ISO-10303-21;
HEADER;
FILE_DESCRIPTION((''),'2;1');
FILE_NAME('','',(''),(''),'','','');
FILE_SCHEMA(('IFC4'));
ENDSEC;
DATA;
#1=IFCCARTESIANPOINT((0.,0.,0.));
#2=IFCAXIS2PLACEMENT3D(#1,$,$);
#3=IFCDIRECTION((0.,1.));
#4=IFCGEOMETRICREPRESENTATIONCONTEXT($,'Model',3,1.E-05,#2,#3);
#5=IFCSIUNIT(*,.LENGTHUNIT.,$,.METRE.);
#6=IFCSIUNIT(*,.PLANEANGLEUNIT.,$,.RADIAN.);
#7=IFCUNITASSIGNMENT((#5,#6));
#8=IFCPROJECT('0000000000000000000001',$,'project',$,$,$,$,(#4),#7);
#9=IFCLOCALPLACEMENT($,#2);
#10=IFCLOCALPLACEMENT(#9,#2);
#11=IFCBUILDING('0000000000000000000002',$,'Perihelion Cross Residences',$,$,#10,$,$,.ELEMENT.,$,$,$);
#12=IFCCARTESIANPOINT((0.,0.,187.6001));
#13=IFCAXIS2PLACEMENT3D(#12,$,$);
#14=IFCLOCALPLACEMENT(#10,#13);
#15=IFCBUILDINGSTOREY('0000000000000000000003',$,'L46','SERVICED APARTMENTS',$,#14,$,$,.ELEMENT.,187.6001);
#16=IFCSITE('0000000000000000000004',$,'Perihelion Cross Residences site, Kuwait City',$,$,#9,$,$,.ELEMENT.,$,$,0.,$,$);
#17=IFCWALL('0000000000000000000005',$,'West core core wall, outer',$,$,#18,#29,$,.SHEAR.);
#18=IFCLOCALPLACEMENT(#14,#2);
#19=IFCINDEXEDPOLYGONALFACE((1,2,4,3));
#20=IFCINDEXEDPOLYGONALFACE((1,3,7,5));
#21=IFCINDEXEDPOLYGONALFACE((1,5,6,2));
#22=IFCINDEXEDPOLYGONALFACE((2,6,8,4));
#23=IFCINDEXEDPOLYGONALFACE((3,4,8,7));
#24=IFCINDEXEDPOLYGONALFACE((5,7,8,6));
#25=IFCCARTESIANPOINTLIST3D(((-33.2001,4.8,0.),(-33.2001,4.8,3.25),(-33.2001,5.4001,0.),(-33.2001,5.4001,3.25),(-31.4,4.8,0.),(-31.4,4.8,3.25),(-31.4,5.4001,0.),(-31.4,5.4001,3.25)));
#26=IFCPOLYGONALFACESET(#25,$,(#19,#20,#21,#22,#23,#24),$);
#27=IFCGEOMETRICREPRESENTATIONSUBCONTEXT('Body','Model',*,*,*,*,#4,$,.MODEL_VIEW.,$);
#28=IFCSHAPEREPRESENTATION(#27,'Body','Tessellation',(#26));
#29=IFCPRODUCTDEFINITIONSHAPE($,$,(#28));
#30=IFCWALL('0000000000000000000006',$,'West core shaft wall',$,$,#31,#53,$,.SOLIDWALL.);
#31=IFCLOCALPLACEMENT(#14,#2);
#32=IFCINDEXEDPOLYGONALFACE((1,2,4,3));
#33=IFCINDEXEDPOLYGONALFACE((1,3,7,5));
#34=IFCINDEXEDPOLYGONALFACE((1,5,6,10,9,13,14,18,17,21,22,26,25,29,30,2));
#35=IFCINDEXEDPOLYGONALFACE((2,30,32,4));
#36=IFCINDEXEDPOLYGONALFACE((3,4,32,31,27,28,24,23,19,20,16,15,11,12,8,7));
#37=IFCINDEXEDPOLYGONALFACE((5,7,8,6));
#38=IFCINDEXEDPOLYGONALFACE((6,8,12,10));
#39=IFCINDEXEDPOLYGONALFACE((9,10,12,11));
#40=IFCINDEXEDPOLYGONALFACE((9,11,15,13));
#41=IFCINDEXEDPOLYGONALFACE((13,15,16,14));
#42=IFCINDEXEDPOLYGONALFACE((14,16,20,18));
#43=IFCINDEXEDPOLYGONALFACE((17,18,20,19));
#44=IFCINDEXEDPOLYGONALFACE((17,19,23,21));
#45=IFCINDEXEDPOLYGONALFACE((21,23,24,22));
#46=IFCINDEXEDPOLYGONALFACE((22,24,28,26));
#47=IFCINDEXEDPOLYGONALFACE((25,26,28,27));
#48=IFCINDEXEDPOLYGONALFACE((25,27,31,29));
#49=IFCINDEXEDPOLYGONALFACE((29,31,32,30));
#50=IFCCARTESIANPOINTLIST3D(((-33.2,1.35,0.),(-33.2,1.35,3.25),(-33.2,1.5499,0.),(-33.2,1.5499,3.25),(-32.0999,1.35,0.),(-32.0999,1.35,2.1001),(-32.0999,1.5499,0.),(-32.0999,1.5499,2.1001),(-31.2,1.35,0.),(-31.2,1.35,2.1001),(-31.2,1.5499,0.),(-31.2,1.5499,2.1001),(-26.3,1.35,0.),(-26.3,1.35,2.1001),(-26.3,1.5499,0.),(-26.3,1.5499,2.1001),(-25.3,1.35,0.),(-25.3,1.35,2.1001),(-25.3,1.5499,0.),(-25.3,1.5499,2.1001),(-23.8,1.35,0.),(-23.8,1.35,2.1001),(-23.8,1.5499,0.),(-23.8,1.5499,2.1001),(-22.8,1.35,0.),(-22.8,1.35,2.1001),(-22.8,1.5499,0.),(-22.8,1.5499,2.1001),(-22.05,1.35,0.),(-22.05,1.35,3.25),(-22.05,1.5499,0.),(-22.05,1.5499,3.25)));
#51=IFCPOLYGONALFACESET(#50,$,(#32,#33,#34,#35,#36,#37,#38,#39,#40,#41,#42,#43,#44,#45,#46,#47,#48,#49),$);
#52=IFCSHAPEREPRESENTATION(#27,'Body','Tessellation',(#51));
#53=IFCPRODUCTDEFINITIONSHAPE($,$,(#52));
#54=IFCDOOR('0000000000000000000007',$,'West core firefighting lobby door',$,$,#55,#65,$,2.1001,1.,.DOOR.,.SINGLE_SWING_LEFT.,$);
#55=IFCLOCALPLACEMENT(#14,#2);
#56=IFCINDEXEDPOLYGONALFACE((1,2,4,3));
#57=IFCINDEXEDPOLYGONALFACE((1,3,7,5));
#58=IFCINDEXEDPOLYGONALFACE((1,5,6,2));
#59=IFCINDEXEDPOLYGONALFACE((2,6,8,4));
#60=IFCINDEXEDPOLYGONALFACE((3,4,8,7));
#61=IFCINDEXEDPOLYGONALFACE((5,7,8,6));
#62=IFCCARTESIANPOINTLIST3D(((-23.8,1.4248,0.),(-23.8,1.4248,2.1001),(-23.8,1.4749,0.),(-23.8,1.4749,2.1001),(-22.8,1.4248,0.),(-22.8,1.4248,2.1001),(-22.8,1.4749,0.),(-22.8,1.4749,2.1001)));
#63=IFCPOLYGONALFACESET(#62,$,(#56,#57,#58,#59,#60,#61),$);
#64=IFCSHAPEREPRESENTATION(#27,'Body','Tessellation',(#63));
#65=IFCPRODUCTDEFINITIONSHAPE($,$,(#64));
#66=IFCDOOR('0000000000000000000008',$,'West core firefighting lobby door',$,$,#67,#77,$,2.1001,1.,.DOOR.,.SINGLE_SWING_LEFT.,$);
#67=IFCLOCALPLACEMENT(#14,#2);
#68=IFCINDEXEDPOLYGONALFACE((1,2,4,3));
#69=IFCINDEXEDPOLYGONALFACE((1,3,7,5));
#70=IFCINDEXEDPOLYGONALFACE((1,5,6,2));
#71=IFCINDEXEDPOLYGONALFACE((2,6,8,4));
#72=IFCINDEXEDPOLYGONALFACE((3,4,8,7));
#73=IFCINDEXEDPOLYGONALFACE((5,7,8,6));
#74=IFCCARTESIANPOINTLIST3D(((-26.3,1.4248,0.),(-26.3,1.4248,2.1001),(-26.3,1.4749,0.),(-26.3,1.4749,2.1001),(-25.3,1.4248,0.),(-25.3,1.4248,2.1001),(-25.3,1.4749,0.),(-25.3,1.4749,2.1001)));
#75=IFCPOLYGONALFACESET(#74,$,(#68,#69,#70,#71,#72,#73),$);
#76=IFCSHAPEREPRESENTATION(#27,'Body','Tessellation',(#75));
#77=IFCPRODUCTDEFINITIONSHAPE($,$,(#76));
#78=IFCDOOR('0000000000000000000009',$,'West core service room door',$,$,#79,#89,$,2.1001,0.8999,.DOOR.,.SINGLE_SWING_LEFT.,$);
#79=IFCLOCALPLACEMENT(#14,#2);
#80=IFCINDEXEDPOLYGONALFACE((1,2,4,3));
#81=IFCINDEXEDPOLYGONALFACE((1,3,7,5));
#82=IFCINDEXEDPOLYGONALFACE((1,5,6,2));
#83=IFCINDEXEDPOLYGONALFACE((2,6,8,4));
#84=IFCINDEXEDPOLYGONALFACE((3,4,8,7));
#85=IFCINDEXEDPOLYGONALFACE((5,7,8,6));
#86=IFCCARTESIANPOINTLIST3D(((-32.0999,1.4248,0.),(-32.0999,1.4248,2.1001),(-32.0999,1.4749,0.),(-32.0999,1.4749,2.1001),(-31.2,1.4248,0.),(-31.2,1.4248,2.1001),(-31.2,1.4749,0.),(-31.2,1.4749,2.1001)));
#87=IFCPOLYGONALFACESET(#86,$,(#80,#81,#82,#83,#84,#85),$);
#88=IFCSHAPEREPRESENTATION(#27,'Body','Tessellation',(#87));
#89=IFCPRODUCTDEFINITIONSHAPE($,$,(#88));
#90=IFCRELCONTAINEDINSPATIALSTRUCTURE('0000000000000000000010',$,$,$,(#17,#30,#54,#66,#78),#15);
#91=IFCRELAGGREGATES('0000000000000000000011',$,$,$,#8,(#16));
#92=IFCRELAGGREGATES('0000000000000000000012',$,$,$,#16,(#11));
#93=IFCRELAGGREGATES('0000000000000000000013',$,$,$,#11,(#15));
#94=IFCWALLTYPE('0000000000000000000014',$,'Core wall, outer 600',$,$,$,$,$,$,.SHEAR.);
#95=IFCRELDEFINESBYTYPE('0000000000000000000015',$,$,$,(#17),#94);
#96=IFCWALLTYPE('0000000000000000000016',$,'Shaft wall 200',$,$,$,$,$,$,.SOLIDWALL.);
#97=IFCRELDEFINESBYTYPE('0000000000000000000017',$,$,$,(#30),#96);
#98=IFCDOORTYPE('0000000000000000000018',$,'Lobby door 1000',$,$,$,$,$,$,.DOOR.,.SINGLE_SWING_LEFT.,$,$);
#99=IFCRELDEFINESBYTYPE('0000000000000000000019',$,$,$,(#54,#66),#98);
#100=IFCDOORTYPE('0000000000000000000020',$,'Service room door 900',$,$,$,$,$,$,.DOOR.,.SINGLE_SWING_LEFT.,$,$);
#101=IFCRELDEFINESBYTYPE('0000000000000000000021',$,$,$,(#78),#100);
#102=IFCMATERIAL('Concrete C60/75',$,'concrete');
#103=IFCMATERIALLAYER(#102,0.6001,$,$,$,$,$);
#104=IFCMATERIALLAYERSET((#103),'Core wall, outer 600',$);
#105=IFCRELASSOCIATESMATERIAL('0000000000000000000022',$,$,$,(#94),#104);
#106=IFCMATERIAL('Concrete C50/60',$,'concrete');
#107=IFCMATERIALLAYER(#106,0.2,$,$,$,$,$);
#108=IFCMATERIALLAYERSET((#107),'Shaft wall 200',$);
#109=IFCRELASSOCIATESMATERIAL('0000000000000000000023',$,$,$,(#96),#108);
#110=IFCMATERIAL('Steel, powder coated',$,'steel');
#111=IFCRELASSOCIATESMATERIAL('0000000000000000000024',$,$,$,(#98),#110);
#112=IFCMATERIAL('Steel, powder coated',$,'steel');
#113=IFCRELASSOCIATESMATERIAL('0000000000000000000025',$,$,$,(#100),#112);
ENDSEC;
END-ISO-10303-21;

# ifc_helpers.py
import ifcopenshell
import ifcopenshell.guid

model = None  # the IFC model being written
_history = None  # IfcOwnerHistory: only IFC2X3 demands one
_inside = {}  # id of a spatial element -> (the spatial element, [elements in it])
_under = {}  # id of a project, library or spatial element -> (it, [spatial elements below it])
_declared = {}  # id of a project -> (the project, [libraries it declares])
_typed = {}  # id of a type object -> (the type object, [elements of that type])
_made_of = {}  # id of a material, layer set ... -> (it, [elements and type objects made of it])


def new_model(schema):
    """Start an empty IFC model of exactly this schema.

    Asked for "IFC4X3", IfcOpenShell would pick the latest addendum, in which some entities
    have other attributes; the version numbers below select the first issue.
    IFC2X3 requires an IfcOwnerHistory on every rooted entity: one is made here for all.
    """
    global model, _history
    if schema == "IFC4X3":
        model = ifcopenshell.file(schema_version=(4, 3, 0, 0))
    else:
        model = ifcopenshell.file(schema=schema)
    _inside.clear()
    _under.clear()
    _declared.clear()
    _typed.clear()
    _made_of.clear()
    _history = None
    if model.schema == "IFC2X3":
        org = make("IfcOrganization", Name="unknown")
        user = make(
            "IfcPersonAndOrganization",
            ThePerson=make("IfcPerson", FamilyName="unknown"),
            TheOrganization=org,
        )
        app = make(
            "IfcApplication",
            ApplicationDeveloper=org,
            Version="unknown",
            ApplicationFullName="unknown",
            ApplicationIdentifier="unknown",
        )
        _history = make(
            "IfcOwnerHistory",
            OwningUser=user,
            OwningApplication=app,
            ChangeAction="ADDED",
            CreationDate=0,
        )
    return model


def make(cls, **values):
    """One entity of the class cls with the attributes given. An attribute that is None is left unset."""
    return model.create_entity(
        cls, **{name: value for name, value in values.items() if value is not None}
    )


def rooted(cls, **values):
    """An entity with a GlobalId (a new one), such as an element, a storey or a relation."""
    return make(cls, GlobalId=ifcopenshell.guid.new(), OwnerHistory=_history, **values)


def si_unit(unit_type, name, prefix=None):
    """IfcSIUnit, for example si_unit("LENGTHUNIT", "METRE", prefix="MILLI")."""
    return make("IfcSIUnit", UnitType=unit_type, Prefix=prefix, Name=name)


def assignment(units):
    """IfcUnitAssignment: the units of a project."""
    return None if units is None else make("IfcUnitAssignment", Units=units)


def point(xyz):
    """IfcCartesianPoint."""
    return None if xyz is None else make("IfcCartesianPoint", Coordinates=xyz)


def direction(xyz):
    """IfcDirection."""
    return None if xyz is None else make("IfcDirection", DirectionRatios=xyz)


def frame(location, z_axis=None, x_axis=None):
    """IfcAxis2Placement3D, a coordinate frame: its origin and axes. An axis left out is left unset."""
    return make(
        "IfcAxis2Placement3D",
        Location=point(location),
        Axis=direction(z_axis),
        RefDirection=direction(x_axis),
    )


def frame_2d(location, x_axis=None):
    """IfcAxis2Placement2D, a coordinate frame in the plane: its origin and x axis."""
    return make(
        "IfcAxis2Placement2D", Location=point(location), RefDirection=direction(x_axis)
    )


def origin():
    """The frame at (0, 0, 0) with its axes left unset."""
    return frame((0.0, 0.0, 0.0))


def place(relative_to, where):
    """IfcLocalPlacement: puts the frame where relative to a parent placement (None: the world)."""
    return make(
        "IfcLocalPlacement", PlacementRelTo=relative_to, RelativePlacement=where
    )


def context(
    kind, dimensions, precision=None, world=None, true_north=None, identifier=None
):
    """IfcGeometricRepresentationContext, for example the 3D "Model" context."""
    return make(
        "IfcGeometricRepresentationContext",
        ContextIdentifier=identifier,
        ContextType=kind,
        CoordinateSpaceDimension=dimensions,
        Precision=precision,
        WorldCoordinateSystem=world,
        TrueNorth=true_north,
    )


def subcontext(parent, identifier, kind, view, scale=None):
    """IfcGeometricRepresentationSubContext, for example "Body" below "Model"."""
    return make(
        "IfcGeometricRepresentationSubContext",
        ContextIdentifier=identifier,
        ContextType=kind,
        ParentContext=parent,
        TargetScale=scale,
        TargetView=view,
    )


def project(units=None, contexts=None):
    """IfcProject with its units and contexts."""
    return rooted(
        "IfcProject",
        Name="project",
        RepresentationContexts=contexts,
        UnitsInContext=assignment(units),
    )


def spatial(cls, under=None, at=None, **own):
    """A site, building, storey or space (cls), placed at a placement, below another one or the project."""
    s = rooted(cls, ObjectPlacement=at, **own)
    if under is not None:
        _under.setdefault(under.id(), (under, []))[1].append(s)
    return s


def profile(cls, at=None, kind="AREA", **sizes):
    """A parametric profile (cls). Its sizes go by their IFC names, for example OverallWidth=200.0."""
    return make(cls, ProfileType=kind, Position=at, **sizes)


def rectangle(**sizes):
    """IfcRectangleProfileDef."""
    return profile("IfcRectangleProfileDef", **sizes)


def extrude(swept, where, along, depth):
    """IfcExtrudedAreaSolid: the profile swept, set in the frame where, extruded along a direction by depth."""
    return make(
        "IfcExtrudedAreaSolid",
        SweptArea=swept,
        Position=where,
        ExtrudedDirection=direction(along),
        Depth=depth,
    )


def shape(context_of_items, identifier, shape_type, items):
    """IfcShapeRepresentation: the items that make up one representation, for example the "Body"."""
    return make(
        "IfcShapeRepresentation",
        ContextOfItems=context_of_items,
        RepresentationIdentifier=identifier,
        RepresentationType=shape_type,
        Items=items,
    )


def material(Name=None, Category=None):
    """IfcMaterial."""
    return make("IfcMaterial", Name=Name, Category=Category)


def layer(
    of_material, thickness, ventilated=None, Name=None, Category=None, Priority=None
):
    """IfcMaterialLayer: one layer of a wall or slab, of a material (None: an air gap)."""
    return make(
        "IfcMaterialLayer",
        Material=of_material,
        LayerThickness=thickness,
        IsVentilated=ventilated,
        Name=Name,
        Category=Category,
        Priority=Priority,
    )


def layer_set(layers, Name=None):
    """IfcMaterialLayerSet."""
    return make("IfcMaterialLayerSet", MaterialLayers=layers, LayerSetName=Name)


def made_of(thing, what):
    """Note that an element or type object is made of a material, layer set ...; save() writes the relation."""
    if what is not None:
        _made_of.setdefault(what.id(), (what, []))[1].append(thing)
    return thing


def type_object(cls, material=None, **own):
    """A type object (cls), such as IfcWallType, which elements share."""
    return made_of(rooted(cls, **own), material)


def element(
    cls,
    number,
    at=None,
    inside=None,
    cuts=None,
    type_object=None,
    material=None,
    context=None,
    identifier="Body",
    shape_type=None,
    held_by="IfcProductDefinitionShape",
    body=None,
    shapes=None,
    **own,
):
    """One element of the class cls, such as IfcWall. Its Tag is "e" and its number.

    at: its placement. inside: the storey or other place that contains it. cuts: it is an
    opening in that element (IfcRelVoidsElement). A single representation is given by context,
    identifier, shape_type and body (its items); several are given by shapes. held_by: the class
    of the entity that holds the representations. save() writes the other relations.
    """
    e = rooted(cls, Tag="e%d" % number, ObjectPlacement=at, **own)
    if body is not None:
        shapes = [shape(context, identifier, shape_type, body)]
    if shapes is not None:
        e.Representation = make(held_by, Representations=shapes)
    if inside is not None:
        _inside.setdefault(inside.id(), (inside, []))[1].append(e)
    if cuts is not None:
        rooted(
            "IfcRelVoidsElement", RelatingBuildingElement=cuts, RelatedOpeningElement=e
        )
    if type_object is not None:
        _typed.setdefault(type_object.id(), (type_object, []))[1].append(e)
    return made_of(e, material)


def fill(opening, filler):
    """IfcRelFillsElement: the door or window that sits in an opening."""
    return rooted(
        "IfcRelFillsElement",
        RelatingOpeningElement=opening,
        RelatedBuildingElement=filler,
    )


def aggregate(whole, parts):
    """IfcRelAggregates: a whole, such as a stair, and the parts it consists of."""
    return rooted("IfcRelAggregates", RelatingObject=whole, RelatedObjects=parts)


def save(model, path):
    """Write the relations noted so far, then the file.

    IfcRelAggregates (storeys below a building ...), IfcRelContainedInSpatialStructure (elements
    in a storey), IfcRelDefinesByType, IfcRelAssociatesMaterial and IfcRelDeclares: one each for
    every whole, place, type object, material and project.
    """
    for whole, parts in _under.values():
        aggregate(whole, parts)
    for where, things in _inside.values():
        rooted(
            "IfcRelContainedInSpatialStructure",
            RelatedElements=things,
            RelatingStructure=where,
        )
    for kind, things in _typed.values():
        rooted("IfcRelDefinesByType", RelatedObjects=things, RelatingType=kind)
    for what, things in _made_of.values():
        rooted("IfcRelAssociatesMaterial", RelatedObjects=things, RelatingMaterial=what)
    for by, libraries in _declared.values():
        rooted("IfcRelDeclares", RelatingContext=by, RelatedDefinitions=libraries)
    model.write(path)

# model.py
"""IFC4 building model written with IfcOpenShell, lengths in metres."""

from ifc_helpers import new_model, si_unit, direction, frame, frame_2d, origin, place, context, subcontext, project, spatial, rectangle, extrude, material, layer, layer_set, type_object, element, fill, save


model = new_model("IFC4")

# Units and contexts
model_context = context("Model", 3, precision=1e-05, world=origin(), true_north=direction((0.0, 1.0)))
body_context = subcontext(model_context, "Body", "Model", "MODEL_VIEW")
ifc_project = project(units=[si_unit("LENGTHUNIT", "METRE"), si_unit("PLANEANGLEUNIT", "RADIAN")], contexts=[model_context])

# Site, building, storey
site_placement = place(None, origin())
site = spatial("IfcSite", under=ifc_project, at=site_placement, Name="Perihelion Cross Residences site, Kuwait City", CompositionType="ELEMENT", RefElevation=0.0)
building_placement = place(site_placement, origin())
building = spatial("IfcBuilding", under=site, at=building_placement, Name="Perihelion Cross Residences", CompositionType="ELEMENT")
storey_placement = place(building_placement, frame((0.0, 0.0, 187.6001)))
storey = spatial("IfcBuildingStorey", under=building, at=storey_placement, Name="L46", Description="SERVICED APARTMENTS", CompositionType="ELEMENT", Elevation=187.6001)

# Wall
ifc_material_1 = material(Name="Concrete C60/75", Category="concrete")
ifc_layer_1 = layer(ifc_material_1, 0.6001)
ifc_layer_set_1 = layer_set([ifc_layer_1], Name="Core wall, outer 600")
wall_type_1 = type_object("IfcWallType", Name="Core wall, outer 600", PredefinedType="SHEAR", material=ifc_layer_set_1)
wall_1_placement = place(storey_placement, frame((-33.2, 5.1001, 0.0), z_axis=(0.0, 0.0, 1.0), x_axis=(1.0, 0.0, 0.0)))
element("IfcWall", 1, at=wall_1_placement, inside=storey, type_object=wall_type_1, Name="West core core wall, outer", PredefinedType="SHEAR", context=body_context, shape_type="SweptSolid", body=[
    extrude(rectangle(XDim=1.8, YDim=0.6001, at=frame_2d((0.8999, 0.0))), origin(), (0.0, 0.0, 1.0), 3.25),
])

# Wall, openings, doors
ifc_material_2 = material(Name="Concrete C50/60", Category="concrete")
ifc_layer_2 = layer(ifc_material_2, 0.2)
ifc_layer_set_2 = layer_set([ifc_layer_2], Name="Shaft wall 200")
wall_type_2 = type_object("IfcWallType", Name="Shaft wall 200", PredefinedType="SOLIDWALL", material=ifc_layer_set_2)
wall_2_placement = place(storey_placement, frame((-33.2, 1.45, 0.0), z_axis=(0.0, 0.0, 1.0), x_axis=(1.0, 0.0, 0.0)))
wall_2 = element("IfcWall", 2, at=wall_2_placement, inside=storey, type_object=wall_type_2, Name="West core shaft wall", PredefinedType="SOLIDWALL", context=body_context, shape_type="SweptSolid", body=[
    extrude(rectangle(XDim=11.1499, YDim=0.2, at=frame_2d((5.575, 0.0))), origin(), (0.0, 0.0, 1.0), 3.25),
])
opening_1_placement = place(wall_2_placement, frame((9.3999, 0.0, 0.0)))
opening_1 = element("IfcOpeningElement", 3, at=opening_1_placement, cuts=wall_2, PredefinedType="OPENING", context=body_context, shape_type="SweptSolid", body=[
    extrude(rectangle(XDim=1.0, YDim=2.1001, at=frame_2d((0.5, 1.05))), frame((0.0, 0.1099, 0.0), z_axis=(0.0, -1.0, 0.0), x_axis=(1.0, 0.0, 0.0)), (0.0, 0.0, 1.0), 0.22),
])
opening_2_placement = place(wall_2_placement, frame((6.8999, 0.0, 0.0)))
opening_2 = element("IfcOpeningElement", 4, at=opening_2_placement, cuts=wall_2, PredefinedType="OPENING", context=body_context, shape_type="SweptSolid", body=[
    extrude(rectangle(XDim=1.0, YDim=2.1001, at=frame_2d((0.5, 1.05))), frame((0.0, 0.1099, 0.0), z_axis=(0.0, -1.0, 0.0), x_axis=(1.0, 0.0, 0.0)), (0.0, 0.0, 1.0), 0.22),
])
opening_3_placement = place(wall_2_placement, frame((1.1001, 0.0, 0.0)))
opening_3 = element("IfcOpeningElement", 5, at=opening_3_placement, cuts=wall_2, PredefinedType="OPENING", context=body_context, shape_type="SweptSolid", body=[
    extrude(rectangle(XDim=0.8999, YDim=2.1001, at=frame_2d((0.45, 1.05))), frame((0.0, 0.1099, 0.0), z_axis=(0.0, -1.0, 0.0), x_axis=(1.0, 0.0, 0.0)), (0.0, 0.0, 1.0), 0.22),
])
ifc_material_3 = material(Name="Steel, powder coated", Category="steel")
door_type_1 = type_object("IfcDoorType", Name="Lobby door 1000", OperationType="SINGLE_SWING_LEFT", PredefinedType="DOOR", material=ifc_material_3)
door_1_placement = place(opening_1_placement, origin())
door_1 = element("IfcDoor", 6, at=door_1_placement, inside=storey, type_object=door_type_1, Name="West core firefighting lobby door", OperationType="SINGLE_SWING_LEFT", OverallHeight=2.1001, OverallWidth=1.0, PredefinedType="DOOR", context=body_context, shape_type="SweptSolid", body=[
    extrude(rectangle(XDim=1.0, YDim=2.1001, at=frame_2d((0.5, 1.05))), frame((0.0, 0.0249, 0.0), z_axis=(0.0, -1.0, 0.0), x_axis=(1.0, 0.0, 0.0)), (0.0, 0.0, 1.0), 0.05),
])
fill(opening_1, door_1)
door_2_placement = place(opening_2_placement, origin())
door_2 = element("IfcDoor", 7, at=door_2_placement, inside=storey, type_object=door_type_1, Name="West core firefighting lobby door", OperationType="SINGLE_SWING_LEFT", OverallHeight=2.1001, OverallWidth=1.0, PredefinedType="DOOR", context=body_context, shape_type="SweptSolid", body=[
    extrude(rectangle(XDim=1.0, YDim=2.1001, at=frame_2d((0.5, 1.05))), frame((0.0, 0.0249, 0.0), z_axis=(0.0, -1.0, 0.0), x_axis=(1.0, 0.0, 0.0)), (0.0, 0.0, 1.0), 0.05),
])
fill(opening_2, door_2)
ifc_material_4 = material(Name="Steel, powder coated", Category="steel")
door_type_2 = type_object("IfcDoorType", Name="Service room door 900", OperationType="SINGLE_SWING_LEFT", PredefinedType="DOOR", material=ifc_material_4)
door_3_placement = place(opening_3_placement, origin())
door_3 = element("IfcDoor", 8, at=door_3_placement, inside=storey, type_object=door_type_2, Name="West core service room door", OperationType="SINGLE_SWING_LEFT", OverallHeight=2.1001, OverallWidth=0.8999, PredefinedType="DOOR", context=body_context, shape_type="SweptSolid", body=[
    extrude(rectangle(XDim=0.8999, YDim=2.1001, at=frame_2d((0.45, 1.05))), frame((0.0, 0.0249, 0.0), z_axis=(0.0, -1.0, 0.0), x_axis=(1.0, 0.0, 0.0)), (0.0, 0.0, 1.0), 0.05),
])
fill(opening_3, door_3)

save(model, "model.ifc")
